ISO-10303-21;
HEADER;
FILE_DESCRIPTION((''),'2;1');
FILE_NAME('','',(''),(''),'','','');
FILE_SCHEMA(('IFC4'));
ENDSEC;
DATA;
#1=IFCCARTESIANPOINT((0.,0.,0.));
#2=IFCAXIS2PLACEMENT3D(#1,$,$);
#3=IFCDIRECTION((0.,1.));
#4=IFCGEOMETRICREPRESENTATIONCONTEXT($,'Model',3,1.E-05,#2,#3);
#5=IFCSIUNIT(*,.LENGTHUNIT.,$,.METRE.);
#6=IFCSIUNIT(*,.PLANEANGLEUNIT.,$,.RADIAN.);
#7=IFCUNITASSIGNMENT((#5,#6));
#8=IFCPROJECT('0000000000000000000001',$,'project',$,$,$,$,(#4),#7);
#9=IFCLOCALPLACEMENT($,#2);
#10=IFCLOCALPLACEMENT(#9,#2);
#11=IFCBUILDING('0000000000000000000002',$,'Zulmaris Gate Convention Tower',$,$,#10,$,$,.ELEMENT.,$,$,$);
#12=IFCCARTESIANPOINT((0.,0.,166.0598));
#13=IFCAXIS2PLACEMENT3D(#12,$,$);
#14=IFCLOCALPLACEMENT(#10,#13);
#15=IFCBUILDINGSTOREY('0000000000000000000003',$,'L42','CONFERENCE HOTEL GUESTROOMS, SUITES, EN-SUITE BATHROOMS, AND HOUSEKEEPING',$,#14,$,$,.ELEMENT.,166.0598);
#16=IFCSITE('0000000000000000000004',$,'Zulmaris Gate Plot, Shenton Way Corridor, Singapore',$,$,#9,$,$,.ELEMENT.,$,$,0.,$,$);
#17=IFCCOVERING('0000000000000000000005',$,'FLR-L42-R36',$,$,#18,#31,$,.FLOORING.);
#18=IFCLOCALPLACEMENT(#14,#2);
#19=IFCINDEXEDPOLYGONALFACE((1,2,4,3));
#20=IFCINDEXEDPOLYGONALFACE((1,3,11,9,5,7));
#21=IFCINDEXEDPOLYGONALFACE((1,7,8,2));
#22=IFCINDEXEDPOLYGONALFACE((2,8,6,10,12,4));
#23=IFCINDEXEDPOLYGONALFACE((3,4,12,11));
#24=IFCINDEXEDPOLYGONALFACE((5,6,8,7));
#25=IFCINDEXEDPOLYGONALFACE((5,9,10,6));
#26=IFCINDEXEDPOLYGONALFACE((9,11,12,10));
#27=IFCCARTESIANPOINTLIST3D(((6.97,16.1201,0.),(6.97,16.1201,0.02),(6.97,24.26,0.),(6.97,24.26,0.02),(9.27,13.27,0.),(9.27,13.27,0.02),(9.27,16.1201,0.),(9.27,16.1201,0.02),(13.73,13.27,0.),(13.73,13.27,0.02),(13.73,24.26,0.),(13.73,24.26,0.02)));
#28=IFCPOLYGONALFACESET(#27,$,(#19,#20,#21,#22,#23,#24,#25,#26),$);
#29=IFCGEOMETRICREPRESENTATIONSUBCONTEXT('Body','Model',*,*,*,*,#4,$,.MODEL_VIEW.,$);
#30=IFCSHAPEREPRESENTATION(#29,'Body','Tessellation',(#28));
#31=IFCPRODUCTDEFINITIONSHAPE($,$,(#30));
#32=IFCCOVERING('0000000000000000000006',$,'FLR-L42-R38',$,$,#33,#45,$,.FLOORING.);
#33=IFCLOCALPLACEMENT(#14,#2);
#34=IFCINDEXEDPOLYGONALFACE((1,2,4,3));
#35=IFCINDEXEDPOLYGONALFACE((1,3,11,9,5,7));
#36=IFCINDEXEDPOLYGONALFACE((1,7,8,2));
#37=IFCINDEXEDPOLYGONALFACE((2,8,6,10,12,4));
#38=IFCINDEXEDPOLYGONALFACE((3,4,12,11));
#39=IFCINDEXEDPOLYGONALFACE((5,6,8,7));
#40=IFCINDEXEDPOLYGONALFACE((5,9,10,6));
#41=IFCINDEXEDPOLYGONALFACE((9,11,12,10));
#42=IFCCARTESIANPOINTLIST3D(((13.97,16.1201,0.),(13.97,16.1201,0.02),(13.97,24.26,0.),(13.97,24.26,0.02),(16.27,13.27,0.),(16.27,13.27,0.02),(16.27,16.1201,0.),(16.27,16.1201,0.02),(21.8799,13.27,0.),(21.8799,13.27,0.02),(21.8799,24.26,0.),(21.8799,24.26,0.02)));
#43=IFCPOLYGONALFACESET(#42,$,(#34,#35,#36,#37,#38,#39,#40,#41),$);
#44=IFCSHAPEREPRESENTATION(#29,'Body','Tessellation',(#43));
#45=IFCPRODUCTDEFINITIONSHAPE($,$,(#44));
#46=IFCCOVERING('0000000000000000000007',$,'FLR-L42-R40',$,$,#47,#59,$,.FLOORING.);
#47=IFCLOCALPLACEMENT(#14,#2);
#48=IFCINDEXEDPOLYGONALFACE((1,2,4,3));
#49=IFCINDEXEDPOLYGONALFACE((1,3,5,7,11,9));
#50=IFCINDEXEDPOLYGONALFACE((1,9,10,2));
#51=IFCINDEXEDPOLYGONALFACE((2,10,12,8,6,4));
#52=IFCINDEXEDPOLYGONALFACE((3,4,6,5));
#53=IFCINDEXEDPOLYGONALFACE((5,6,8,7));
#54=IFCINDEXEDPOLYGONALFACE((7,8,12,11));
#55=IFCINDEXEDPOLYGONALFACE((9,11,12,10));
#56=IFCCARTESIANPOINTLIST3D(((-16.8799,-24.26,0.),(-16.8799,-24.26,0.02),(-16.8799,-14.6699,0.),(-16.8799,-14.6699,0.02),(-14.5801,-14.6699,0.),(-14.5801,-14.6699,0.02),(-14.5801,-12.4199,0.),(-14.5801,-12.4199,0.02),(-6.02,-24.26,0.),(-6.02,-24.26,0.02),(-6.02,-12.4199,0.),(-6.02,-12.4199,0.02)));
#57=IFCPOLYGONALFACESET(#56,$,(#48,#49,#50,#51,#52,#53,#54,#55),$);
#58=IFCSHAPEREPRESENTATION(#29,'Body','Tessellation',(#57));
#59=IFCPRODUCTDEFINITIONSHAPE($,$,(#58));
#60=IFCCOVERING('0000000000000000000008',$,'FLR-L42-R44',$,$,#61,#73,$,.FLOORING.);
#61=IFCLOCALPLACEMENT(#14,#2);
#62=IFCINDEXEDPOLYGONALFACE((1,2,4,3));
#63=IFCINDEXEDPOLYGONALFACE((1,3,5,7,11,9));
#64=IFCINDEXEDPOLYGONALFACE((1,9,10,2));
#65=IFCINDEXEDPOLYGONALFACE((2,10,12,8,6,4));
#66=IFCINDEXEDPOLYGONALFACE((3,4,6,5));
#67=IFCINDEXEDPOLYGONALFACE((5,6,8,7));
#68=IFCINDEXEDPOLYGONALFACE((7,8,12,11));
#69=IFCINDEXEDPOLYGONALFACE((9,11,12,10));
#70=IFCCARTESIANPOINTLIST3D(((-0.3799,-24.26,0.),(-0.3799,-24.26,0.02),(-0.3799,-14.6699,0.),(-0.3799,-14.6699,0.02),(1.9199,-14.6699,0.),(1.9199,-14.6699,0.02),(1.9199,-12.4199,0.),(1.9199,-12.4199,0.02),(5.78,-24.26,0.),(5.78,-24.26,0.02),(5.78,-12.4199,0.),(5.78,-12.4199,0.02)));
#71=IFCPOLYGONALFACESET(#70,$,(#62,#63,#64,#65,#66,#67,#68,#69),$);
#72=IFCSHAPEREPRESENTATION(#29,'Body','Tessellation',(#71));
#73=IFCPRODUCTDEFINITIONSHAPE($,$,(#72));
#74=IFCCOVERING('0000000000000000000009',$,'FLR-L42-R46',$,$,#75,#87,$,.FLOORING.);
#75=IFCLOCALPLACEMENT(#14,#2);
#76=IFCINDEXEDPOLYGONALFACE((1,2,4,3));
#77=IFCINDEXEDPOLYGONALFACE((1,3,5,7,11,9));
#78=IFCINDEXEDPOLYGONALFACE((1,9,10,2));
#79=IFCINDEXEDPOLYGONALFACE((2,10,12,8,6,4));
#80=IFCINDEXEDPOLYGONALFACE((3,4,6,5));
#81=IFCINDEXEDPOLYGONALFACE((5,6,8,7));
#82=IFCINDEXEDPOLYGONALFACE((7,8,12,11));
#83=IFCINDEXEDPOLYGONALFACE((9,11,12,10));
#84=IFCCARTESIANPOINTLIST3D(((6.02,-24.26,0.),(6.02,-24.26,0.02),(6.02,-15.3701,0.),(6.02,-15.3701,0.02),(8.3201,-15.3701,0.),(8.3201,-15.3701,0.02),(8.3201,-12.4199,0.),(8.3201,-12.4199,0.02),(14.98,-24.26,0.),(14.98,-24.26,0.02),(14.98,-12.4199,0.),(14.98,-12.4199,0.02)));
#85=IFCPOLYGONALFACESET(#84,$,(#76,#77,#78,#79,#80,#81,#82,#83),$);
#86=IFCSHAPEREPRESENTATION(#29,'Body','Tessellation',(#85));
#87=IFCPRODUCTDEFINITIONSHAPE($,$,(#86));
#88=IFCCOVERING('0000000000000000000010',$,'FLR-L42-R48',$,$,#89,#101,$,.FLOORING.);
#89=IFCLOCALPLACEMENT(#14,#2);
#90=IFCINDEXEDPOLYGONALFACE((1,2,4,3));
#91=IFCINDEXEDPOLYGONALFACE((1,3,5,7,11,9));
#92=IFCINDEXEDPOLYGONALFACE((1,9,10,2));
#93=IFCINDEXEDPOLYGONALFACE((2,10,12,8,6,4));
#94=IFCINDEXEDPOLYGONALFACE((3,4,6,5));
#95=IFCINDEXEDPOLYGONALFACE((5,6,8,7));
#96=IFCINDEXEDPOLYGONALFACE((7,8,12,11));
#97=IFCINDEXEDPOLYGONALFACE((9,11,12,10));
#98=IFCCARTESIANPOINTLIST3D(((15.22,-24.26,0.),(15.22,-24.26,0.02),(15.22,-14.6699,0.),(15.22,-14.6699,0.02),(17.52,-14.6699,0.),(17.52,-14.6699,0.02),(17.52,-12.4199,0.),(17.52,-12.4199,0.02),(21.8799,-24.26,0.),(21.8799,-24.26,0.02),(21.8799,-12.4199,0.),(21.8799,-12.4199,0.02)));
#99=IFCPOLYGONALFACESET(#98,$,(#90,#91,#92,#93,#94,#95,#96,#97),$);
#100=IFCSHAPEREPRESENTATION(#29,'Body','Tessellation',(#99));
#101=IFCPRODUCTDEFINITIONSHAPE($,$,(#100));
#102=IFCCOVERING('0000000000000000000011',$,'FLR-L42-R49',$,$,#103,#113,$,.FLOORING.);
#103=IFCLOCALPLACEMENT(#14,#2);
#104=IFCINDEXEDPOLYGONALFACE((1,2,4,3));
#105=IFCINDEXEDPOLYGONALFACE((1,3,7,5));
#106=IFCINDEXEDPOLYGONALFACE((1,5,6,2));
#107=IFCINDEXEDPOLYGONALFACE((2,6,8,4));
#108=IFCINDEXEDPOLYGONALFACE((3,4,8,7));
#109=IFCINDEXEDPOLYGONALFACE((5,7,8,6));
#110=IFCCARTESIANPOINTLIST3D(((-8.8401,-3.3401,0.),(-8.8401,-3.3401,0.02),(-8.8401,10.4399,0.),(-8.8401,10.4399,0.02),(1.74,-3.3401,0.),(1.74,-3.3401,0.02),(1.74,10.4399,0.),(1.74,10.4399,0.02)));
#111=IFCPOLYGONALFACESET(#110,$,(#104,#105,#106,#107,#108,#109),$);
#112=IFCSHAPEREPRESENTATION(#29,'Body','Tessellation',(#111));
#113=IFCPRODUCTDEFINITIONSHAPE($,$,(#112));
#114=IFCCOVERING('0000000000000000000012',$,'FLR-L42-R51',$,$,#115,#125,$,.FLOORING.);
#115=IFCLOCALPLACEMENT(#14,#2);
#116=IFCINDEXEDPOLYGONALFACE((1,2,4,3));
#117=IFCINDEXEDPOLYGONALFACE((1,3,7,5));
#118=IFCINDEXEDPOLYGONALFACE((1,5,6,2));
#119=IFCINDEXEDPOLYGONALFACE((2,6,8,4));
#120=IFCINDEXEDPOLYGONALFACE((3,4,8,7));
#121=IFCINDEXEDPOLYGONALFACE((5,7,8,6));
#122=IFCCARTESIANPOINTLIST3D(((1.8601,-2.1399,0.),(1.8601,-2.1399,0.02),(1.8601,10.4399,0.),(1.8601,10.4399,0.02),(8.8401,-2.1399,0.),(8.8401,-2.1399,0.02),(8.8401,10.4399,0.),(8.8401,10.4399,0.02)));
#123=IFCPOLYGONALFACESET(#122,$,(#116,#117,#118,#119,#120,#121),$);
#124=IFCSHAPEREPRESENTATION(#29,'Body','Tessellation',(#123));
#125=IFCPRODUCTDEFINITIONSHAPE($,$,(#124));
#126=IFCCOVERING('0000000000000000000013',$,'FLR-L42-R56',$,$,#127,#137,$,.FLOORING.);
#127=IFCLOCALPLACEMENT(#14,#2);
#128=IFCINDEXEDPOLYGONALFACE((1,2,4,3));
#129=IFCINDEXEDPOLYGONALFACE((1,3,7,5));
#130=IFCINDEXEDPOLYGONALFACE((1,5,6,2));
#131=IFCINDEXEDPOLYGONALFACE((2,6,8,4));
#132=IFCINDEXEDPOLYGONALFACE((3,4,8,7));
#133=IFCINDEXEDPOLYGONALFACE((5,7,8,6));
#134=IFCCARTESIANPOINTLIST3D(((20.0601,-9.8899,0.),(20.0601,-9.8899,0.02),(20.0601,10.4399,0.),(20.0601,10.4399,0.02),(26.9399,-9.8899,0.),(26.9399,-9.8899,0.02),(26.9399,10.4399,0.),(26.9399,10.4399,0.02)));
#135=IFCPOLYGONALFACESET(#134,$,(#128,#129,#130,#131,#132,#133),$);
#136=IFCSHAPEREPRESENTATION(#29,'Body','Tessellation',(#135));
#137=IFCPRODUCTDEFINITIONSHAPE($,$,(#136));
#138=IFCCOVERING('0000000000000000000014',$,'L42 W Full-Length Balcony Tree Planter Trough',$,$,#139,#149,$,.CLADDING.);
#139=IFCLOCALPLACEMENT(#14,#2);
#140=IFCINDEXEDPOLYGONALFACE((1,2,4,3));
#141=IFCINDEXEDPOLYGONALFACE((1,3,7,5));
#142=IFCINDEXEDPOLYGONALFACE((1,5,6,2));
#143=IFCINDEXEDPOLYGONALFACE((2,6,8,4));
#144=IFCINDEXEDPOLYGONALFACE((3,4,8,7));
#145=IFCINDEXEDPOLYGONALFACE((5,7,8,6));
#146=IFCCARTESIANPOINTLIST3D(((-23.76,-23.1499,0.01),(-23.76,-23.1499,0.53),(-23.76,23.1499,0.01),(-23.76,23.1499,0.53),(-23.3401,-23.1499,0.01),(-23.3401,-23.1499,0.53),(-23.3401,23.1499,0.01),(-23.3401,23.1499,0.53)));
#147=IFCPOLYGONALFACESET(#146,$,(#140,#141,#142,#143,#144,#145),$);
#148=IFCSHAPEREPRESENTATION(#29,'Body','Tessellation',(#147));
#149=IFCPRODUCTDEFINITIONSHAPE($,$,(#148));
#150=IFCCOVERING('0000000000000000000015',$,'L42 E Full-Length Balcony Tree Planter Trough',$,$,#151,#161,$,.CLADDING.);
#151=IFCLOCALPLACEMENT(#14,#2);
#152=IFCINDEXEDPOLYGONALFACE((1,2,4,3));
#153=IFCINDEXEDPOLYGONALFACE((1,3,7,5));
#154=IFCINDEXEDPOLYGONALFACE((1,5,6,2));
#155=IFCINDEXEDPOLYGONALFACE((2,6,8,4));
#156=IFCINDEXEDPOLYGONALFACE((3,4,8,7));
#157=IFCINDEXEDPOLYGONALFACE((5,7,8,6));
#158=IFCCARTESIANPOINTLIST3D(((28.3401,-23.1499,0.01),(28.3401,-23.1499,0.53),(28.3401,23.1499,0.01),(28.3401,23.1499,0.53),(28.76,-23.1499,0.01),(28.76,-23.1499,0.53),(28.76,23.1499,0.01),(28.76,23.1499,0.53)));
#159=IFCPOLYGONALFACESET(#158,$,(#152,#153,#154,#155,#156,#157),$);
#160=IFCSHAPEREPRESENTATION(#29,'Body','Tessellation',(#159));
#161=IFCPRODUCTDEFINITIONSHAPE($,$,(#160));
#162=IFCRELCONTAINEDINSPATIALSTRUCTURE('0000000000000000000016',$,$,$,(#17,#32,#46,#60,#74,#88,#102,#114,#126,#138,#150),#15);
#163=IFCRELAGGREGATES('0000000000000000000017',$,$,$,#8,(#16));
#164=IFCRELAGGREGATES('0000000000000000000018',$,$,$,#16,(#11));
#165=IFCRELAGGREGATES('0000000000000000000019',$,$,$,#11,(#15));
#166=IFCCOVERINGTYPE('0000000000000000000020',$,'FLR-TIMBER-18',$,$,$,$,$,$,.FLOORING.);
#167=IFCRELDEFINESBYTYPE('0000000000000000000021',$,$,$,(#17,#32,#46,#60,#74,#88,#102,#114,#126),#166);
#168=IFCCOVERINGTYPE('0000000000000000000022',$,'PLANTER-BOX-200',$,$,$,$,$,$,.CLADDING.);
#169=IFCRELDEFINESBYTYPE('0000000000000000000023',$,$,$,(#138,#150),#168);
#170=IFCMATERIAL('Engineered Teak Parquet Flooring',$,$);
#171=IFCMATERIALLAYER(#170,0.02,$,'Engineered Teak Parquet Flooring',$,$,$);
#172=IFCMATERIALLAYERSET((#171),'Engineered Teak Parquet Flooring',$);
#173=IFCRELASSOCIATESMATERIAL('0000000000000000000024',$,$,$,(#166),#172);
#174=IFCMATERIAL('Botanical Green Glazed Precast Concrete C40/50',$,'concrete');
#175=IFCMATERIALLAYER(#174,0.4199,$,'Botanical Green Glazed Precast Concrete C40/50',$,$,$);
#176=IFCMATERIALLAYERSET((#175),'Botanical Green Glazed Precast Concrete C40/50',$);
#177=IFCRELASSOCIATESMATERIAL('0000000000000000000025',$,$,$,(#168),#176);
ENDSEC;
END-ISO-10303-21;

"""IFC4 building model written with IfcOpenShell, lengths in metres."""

from ifc_helpers import new_model, si_unit, direction, frame, origin, place, context, subcontext, project, spatial, polyline, outline, extrude, material, layer, layer_set, type_object, element, save


model = new_model("IFC4")

# Units and contexts
model_context = context("Model", 3, precision=1e-05, world=origin(), true_north=direction((0.0, 1.0)))
body_context = subcontext(model_context, "Body", "Model", "MODEL_VIEW")
ifc_project = project(units=[si_unit("LENGTHUNIT", "METRE"), si_unit("PLANEANGLEUNIT", "RADIAN")], contexts=[model_context])

# Site, building, storey
site_placement = place(None, origin())
site = spatial("IfcSite", under=ifc_project, at=site_placement, Name="Zulmaris Gate Plot, Shenton Way Corridor, Singapore", CompositionType="ELEMENT", RefElevation=0.0)
building_placement = place(site_placement, origin())
building = spatial("IfcBuilding", under=site, at=building_placement, Name="Zulmaris Gate Convention Tower", CompositionType="ELEMENT")
storey_placement = place(building_placement, frame((0.0, 0.0, 166.0598)))
storey = spatial("IfcBuildingStorey", under=building, at=storey_placement, Name="L42", Description="CONFERENCE HOTEL GUESTROOMS, SUITES, EN-SUITE BATHROOMS, AND HOUSEKEEPING", CompositionType="ELEMENT", Elevation=166.0598)

# Coverings
ifc_material_1 = material(Name="Engineered Teak Parquet Flooring")
ifc_layer_1 = layer(ifc_material_1, 0.02, Name="Engineered Teak Parquet Flooring")
ifc_layer_set_1 = layer_set([ifc_layer_1], Name="Engineered Teak Parquet Flooring")
covering_type_1 = type_object("IfcCoveringType", Name="FLR-TIMBER-18", PredefinedType="FLOORING", material=ifc_layer_set_1)
covering_1_placement = place(storey_placement, origin())
element("IfcCovering", 1, at=covering_1_placement, inside=storey, type_object=covering_type_1, Name="FLR-L42-R36", PredefinedType="FLOORING", context=body_context, shape_type="SweptSolid", body=[
    extrude(outline(polyline([(9.27, 13.27), (13.73, 13.27), (13.73, 24.26), (6.97, 24.26), (6.97, 16.1201), (9.27, 16.1201), (9.27, 13.27)])), origin(), (0.0, 0.0, 1.0), 0.02),
])
covering_2_placement = place(storey_placement, origin())
element("IfcCovering", 2, at=covering_2_placement, inside=storey, type_object=covering_type_1, Name="FLR-L42-R38", PredefinedType="FLOORING", context=body_context, shape_type="SweptSolid", body=[
    extrude(outline(polyline([(16.27, 13.27), (21.8799, 13.27), (21.8799, 24.26), (13.97, 24.26), (13.97, 16.1201), (16.27, 16.1201), (16.27, 13.27)])), origin(), (0.0, 0.0, 1.0), 0.02),
])
covering_3_placement = place(storey_placement, origin())
element("IfcCovering", 3, at=covering_3_placement, inside=storey, type_object=covering_type_1, Name="FLR-L42-R40", PredefinedType="FLOORING", context=body_context, shape_type="SweptSolid", body=[
    extrude(outline(polyline([(-16.8799, -24.26), (-6.02, -24.26), (-6.02, -12.4199), (-14.5801, -12.4199), (-14.5801, -14.6699), (-16.8799, -14.6699), (-16.8799, -24.26)])), origin(), (0.0, 0.0, 1.0), 0.02),
])
covering_4_placement = place(storey_placement, origin())
element("IfcCovering", 4, at=covering_4_placement, inside=storey, type_object=covering_type_1, Name="FLR-L42-R44", PredefinedType="FLOORING", context=body_context, shape_type="SweptSolid", body=[
    extrude(outline(polyline([(-0.3799, -24.26), (5.78, -24.26), (5.78, -12.4199), (1.9199, -12.4199), (1.9199, -14.6699), (-0.3799, -14.6699), (-0.3799, -24.26)])), origin(), (0.0, 0.0, 1.0), 0.02),
])
covering_5_placement = place(storey_placement, origin())
element("IfcCovering", 5, at=covering_5_placement, inside=storey, type_object=covering_type_1, Name="FLR-L42-R46", PredefinedType="FLOORING", context=body_context, shape_type="SweptSolid", body=[
    extrude(outline(polyline([(6.02, -24.26), (14.98, -24.26), (14.98, -12.4199), (8.3201, -12.4199), (8.3201, -15.3701), (6.02, -15.3701), (6.02, -24.26)])), origin(), (0.0, 0.0, 1.0), 0.02),
])
covering_6_placement = place(storey_placement, origin())
element("IfcCovering", 6, at=covering_6_placement, inside=storey, type_object=covering_type_1, Name="FLR-L42-R48", PredefinedType="FLOORING", context=body_context, shape_type="SweptSolid", body=[
    extrude(outline(polyline([(15.22, -24.26), (21.8799, -24.26), (21.8799, -12.4199), (17.52, -12.4199), (17.52, -14.6699), (15.22, -14.6699), (15.22, -24.26)])), origin(), (0.0, 0.0, 1.0), 0.02),
])
covering_7_placement = place(storey_placement, origin())
element("IfcCovering", 7, at=covering_7_placement, inside=storey, type_object=covering_type_1, Name="FLR-L42-R49", PredefinedType="FLOORING", context=body_context, shape_type="SweptSolid", body=[
    extrude(outline(polyline([(-8.8401, -3.3401), (1.74, -3.3401), (1.74, 10.4399), (-8.8401, 10.4399), (-8.8401, -3.3401)])), origin(), (0.0, 0.0, 1.0), 0.02),
])
covering_8_placement = place(storey_placement, origin())
element("IfcCovering", 8, at=covering_8_placement, inside=storey, type_object=covering_type_1, Name="FLR-L42-R51", PredefinedType="FLOORING", context=body_context, shape_type="SweptSolid", body=[
    extrude(outline(polyline([(1.8601, -2.1399), (8.8401, -2.1399), (8.8401, 10.4399), (1.8601, 10.4399), (1.8601, -2.1399)])), origin(), (0.0, 0.0, 1.0), 0.02),
])
covering_9_placement = place(storey_placement, origin())
element("IfcCovering", 9, at=covering_9_placement, inside=storey, type_object=covering_type_1, Name="FLR-L42-R56", PredefinedType="FLOORING", context=body_context, shape_type="SweptSolid", body=[
    extrude(outline(polyline([(20.0601, -9.8899), (26.9399, -9.8899), (26.9399, 10.4399), (20.0601, 10.4399), (20.0601, -9.8899)])), origin(), (0.0, 0.0, 1.0), 0.02),
])
ifc_material_2 = material(Name="Botanical Green Glazed Precast Concrete C40/50", Category="concrete")
ifc_layer_2 = layer(ifc_material_2, 0.4199, Name="Botanical Green Glazed Precast Concrete C40/50")
ifc_layer_set_2 = layer_set([ifc_layer_2], Name="Botanical Green Glazed Precast Concrete C40/50")
covering_type_2 = type_object("IfcCoveringType", Name="PLANTER-BOX-200", PredefinedType="CLADDING", material=ifc_layer_set_2)
covering_10_placement = place(storey_placement, frame((0.0, 0.0, 0.01)))
element("IfcCovering", 10, at=covering_10_placement, inside=storey, type_object=covering_type_2, Name="L42 W Full-Length Balcony Tree Planter Trough", PredefinedType="CLADDING", context=body_context, shape_type="SweptSolid", body=[
    extrude(outline(polyline([(-23.76, -23.1499), (-23.3401, -23.1499), (-23.3401, 23.1499), (-23.76, 23.1499), (-23.76, -23.1499)])), origin(), (0.0, 0.0, 1.0), 0.52),
])
covering_11_placement = place(storey_placement, frame((0.0, 0.0, 0.01)))
element("IfcCovering", 11, at=covering_11_placement, inside=storey, type_object=covering_type_2, Name="L42 E Full-Length Balcony Tree Planter Trough", PredefinedType="CLADDING", context=body_context, shape_type="SweptSolid", body=[
    extrude(outline(polyline([(28.3401, -23.1499), (28.76, -23.1499), (28.76, 23.1499), (28.3401, 23.1499), (28.3401, -23.1499)])), origin(), (0.0, 0.0, 1.0), 0.52),
])

save(model, "model.ifc")
